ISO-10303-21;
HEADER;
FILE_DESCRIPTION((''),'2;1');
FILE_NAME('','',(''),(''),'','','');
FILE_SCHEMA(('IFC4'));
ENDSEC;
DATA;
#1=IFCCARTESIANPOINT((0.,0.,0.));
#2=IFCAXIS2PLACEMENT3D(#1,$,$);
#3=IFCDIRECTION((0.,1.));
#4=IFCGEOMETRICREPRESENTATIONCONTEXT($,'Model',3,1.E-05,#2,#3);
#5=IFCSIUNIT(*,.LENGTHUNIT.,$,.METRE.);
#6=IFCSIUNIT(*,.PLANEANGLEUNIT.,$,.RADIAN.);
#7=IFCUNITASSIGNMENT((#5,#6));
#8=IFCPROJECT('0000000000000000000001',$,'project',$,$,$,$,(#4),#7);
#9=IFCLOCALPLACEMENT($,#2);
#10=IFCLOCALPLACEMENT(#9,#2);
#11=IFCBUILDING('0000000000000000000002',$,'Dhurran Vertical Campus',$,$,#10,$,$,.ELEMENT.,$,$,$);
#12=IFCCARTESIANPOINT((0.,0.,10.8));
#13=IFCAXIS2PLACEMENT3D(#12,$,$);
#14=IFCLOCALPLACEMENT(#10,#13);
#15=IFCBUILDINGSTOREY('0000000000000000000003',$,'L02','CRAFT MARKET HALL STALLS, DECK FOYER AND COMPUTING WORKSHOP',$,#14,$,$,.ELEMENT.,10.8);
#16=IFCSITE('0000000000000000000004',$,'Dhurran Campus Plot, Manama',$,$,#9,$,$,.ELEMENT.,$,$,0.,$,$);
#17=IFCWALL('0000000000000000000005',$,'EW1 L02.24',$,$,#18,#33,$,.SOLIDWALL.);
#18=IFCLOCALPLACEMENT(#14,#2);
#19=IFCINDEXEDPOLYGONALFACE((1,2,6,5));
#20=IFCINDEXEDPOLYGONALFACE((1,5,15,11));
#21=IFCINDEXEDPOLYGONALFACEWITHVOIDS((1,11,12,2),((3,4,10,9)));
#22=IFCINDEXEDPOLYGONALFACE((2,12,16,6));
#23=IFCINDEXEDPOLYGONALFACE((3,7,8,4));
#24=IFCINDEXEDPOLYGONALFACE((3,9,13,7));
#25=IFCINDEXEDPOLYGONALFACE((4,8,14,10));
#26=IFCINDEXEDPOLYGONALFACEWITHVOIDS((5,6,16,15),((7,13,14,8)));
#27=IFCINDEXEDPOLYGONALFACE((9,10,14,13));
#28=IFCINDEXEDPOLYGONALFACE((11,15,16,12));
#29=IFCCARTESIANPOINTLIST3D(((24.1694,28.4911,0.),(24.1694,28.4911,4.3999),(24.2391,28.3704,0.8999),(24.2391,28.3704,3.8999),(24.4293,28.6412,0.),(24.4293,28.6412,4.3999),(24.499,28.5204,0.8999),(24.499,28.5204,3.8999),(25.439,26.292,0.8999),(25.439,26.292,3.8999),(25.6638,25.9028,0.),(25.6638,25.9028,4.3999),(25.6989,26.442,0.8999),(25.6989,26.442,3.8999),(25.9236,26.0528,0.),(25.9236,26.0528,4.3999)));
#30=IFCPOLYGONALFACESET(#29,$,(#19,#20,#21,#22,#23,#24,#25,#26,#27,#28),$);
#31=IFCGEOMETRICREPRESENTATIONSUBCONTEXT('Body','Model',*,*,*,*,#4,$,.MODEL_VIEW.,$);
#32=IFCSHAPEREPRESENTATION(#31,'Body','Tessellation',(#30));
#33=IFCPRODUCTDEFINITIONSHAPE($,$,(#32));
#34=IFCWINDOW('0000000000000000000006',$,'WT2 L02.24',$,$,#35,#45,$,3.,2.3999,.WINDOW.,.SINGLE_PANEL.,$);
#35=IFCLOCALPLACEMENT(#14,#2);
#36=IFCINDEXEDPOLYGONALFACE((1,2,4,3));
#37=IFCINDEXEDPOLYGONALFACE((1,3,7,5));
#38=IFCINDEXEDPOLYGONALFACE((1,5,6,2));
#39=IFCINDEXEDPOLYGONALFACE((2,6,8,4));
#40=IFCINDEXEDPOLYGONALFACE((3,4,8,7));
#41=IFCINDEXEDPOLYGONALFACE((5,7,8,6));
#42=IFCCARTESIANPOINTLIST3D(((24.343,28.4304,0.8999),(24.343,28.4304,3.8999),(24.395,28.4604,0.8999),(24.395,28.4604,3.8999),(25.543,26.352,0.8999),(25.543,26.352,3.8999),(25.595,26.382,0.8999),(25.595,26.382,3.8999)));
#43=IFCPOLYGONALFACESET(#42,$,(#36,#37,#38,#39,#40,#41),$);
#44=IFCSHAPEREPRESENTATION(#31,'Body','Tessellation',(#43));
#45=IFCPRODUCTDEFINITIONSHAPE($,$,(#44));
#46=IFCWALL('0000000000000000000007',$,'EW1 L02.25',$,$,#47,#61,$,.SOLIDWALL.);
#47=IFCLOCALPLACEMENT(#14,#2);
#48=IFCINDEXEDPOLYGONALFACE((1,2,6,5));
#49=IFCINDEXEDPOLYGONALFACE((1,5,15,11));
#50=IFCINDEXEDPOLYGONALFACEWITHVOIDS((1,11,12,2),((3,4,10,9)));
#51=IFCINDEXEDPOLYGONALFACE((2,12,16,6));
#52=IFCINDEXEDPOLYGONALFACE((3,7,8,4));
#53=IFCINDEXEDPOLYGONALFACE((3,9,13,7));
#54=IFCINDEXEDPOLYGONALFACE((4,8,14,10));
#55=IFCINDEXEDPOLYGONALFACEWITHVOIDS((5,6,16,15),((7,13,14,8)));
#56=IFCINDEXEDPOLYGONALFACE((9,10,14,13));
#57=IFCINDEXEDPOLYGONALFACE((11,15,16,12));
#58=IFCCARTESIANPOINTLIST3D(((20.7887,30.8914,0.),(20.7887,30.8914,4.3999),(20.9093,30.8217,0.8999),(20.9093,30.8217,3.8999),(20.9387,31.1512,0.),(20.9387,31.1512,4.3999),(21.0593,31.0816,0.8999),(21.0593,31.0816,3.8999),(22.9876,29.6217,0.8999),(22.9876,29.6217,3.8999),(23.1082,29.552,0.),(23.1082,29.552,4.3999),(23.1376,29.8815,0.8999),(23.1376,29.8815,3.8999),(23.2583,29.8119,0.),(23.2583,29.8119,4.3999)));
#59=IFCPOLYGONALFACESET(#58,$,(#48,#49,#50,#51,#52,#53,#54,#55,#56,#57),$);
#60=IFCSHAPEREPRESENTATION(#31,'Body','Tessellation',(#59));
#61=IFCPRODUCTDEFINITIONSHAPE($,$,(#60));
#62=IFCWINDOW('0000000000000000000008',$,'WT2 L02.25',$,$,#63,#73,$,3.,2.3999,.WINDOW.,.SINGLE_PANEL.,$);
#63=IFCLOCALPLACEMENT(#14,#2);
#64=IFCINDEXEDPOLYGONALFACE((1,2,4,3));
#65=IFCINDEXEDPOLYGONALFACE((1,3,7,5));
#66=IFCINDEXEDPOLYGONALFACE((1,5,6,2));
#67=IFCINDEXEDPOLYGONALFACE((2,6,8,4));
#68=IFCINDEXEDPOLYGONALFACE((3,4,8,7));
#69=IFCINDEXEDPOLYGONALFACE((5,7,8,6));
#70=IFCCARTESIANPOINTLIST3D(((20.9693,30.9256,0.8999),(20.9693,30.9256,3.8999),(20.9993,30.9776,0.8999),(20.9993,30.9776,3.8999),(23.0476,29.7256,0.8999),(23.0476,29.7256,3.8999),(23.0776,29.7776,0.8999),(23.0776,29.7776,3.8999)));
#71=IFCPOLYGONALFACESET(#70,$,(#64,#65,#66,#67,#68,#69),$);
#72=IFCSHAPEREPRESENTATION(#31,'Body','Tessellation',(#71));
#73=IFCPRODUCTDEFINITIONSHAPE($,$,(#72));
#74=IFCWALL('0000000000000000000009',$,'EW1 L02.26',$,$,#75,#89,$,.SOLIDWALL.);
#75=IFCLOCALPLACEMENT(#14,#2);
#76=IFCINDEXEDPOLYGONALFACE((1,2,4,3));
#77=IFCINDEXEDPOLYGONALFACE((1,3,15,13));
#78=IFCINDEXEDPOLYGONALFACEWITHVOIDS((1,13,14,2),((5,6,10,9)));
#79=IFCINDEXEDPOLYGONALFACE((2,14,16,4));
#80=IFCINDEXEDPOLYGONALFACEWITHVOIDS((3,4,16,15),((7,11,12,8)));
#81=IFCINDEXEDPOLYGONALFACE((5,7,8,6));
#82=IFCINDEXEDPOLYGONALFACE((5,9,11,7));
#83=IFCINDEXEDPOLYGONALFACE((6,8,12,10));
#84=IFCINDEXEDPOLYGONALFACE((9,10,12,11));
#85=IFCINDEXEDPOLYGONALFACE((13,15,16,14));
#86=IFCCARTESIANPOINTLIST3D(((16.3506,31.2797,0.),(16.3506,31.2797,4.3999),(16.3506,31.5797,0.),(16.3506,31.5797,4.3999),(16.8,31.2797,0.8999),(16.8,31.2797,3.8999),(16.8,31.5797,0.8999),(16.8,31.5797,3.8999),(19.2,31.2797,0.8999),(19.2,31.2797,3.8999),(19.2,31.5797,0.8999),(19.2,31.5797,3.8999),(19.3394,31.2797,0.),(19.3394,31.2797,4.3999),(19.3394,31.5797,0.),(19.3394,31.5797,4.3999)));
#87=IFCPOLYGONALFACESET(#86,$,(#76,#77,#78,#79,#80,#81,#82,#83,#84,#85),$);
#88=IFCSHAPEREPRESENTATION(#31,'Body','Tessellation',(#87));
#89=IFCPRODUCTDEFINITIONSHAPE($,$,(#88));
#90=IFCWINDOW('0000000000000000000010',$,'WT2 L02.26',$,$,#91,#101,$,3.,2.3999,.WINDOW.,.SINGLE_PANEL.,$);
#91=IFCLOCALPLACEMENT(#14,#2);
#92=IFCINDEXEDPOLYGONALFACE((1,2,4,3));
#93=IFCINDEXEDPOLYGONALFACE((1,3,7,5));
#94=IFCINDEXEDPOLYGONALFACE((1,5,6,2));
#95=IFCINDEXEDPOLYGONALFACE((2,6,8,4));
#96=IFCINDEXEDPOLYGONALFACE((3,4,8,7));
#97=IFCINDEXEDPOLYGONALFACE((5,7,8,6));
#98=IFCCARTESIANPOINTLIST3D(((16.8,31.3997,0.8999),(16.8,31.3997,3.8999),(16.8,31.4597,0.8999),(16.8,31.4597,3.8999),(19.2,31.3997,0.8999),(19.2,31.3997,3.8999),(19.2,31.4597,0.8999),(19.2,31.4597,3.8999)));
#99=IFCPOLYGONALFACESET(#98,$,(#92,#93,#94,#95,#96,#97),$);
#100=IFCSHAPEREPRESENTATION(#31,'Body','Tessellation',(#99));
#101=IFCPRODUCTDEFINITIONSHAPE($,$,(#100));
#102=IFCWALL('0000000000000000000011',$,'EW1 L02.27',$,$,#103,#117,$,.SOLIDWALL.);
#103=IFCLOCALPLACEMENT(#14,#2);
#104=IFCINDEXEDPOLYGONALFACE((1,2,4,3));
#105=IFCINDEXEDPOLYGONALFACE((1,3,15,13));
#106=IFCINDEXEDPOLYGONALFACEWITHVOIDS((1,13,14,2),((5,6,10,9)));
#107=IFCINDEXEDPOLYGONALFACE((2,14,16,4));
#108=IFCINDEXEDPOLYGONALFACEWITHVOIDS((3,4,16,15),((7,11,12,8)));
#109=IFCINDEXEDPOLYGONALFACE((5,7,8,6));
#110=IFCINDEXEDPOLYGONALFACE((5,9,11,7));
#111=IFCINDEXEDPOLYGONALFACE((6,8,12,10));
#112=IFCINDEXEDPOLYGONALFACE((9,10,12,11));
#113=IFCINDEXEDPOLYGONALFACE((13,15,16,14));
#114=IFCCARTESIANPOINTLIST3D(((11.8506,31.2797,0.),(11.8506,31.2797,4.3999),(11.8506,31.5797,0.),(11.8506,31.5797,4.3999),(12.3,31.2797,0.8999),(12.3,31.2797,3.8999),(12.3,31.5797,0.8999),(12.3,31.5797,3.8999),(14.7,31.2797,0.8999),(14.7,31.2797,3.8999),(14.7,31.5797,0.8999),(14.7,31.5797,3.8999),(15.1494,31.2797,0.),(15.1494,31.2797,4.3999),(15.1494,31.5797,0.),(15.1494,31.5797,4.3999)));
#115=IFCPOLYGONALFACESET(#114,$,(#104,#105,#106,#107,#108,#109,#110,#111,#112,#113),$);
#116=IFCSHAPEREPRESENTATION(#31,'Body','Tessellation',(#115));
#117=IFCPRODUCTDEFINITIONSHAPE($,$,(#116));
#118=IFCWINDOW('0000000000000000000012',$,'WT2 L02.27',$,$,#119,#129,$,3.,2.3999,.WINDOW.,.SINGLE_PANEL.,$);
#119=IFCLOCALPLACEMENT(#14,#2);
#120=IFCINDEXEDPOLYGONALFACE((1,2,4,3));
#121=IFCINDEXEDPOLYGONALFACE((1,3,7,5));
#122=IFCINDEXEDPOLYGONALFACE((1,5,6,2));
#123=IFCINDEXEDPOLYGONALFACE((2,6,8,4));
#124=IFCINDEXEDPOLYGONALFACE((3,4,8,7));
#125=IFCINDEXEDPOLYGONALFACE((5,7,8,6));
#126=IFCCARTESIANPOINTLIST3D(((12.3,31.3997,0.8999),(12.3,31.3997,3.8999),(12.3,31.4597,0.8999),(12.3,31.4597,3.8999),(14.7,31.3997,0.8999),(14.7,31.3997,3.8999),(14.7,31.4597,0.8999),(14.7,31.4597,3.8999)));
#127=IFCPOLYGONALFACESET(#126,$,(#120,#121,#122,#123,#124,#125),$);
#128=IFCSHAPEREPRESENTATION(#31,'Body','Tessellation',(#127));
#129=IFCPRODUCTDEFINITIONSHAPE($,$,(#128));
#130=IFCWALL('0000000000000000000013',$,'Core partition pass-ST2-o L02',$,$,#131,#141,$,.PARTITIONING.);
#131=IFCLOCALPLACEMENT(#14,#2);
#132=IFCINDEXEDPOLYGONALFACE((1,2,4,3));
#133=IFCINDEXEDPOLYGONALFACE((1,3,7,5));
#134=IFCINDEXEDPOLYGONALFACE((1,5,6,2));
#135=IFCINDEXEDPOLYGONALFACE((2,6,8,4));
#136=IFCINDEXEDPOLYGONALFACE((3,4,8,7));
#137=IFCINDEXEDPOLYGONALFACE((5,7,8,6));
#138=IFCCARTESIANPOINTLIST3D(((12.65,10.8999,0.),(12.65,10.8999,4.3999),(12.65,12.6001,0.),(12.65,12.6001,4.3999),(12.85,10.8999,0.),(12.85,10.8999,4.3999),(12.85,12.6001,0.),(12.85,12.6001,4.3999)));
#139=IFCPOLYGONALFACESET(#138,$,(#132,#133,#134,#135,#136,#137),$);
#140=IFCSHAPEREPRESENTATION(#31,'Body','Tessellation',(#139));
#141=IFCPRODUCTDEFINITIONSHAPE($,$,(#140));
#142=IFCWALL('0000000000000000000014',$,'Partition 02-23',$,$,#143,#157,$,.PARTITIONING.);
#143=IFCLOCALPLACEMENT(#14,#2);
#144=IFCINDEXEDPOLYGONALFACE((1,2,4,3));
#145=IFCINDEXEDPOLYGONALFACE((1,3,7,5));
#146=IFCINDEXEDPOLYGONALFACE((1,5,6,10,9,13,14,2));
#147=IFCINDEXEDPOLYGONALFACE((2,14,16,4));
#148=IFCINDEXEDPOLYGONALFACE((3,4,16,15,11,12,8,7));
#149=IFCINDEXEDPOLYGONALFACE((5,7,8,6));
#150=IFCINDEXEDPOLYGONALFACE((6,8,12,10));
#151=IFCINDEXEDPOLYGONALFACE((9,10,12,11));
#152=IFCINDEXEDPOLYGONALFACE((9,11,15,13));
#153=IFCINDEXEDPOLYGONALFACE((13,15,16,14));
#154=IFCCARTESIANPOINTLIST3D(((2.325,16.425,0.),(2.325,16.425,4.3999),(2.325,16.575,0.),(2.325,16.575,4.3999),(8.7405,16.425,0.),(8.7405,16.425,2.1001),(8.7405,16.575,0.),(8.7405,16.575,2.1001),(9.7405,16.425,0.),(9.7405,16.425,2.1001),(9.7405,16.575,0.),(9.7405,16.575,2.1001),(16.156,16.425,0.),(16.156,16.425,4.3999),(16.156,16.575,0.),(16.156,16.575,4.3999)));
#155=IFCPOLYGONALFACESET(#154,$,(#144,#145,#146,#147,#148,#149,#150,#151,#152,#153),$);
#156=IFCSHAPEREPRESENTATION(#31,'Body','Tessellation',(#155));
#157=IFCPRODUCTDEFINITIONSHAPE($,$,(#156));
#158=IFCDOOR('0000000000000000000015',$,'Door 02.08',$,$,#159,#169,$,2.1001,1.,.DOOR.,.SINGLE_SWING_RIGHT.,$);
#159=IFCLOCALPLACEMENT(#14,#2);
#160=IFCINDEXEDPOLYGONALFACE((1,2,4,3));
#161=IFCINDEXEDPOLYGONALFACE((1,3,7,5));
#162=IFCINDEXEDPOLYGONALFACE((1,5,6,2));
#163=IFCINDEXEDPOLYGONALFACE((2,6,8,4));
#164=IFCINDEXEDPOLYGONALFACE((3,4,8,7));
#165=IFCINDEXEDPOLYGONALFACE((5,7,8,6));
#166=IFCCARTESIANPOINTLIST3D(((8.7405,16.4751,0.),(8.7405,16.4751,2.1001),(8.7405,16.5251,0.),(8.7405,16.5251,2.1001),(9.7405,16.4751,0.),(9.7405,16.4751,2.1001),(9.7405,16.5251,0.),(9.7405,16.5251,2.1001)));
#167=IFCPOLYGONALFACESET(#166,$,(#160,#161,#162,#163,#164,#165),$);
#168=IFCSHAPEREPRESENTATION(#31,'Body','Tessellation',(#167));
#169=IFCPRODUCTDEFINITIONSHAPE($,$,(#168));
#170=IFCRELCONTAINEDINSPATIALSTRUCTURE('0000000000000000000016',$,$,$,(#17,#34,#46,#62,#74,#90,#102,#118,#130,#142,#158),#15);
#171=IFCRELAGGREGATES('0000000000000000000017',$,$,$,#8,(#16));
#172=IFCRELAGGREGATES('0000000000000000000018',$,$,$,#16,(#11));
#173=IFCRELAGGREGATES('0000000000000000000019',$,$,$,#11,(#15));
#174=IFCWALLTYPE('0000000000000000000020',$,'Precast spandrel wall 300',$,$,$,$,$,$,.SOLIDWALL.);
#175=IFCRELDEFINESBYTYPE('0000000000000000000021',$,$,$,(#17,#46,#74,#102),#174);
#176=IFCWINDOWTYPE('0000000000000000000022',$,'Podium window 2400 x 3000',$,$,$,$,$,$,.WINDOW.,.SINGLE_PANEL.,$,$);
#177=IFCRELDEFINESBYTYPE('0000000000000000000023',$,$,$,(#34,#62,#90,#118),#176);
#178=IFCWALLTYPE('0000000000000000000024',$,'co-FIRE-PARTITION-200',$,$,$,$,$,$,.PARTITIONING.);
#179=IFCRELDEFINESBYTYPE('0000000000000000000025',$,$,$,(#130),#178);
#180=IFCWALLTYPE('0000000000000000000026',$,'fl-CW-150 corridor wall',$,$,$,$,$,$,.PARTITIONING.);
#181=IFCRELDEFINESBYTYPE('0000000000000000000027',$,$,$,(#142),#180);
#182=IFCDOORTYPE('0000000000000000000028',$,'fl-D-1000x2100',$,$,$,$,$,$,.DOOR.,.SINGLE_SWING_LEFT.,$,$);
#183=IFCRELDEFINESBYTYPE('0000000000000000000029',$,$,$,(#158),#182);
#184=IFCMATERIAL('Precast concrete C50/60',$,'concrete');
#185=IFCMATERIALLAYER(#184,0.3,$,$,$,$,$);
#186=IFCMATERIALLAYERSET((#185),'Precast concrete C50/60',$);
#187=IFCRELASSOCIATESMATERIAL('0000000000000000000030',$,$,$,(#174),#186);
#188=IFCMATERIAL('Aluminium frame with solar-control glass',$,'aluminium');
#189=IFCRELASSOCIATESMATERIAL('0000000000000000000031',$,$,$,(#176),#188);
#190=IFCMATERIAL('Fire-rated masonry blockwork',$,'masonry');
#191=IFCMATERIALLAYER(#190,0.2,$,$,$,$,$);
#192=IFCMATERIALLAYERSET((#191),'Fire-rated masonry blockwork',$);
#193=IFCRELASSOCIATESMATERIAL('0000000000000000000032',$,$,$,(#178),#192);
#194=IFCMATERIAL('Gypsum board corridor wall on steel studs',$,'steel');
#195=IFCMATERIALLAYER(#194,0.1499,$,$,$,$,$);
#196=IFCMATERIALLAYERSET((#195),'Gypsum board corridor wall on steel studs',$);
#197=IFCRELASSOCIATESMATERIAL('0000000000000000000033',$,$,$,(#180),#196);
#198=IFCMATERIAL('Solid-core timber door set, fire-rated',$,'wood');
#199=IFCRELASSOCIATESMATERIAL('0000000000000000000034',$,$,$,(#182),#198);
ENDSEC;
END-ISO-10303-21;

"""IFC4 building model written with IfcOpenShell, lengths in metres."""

from ifc_helpers import new_model, si_unit, direction, frame, frame_2d, origin, place, context, subcontext, project, spatial, rectangle, extrude, material, layer, layer_set, type_object, element, fill, save


model = new_model("IFC4")

# Units and contexts
model_context = context("Model", 3, precision=1e-05, world=origin(), true_north=direction((0.0, 1.0)))
body_context = subcontext(model_context, "Body", "Model", "MODEL_VIEW")
ifc_project = project(units=[si_unit("LENGTHUNIT", "METRE"), si_unit("PLANEANGLEUNIT", "RADIAN")], contexts=[model_context])

# Site, building, storey
site_placement = place(None, origin())
site = spatial("IfcSite", under=ifc_project, at=site_placement, Name="Dhurran Campus Plot, Manama", CompositionType="ELEMENT", RefElevation=0.0)
building_placement = place(site_placement, origin())
building = spatial("IfcBuilding", under=site, at=building_placement, Name="Dhurran Vertical Campus", CompositionType="ELEMENT")
storey_placement = place(building_placement, frame((0.0, 0.0, 10.8)))
storey = spatial("IfcBuildingStorey", under=building, at=storey_placement, Name="L02", Description="CRAFT MARKET HALL STALLS, DECK FOYER AND COMPUTING WORKSHOP", CompositionType="ELEMENT", Elevation=10.8)

# Walls, openings, windows
ifc_material_1 = material(Name="Precast concrete C50/60", Category="concrete")
ifc_layer_1 = layer(ifc_material_1, 0.3)
ifc_layer_set_1 = layer_set([ifc_layer_1], Name="Precast concrete C50/60")
wall_type_1 = type_object("IfcWallType", Name="Precast spandrel wall 300", PredefinedType="SOLIDWALL", material=ifc_layer_set_1)
wall_1_placement = place(storey_placement, frame((25.7937, 25.9778, 0.0), z_axis=(0.0, 0.0, 1.0), x_axis=(-0.499996, 0.866028, 0.0)))
wall_1 = element("IfcWall", 1, at=wall_1_placement, inside=storey, type_object=wall_type_1, Name="EW1 L02.24", PredefinedType="SOLIDWALL", context=body_context, shape_type="SweptSolid", body=[
    extrude(rectangle(XDim=2.9888, YDim=0.3, at=frame_2d((1.4944, 0.0))), origin(), (0.0, 0.0, 1.0), 4.3999),
])
opening_1_placement = place(wall_1_placement, frame((0.4495, 0.0, 0.8999)))
opening_1 = element("IfcOpeningElement", 2, at=opening_1_placement, cuts=wall_1, PredefinedType="OPENING", context=body_context, shape_type="SweptSolid", body=[
    extrude(rectangle(XDim=2.3999, YDim=3.0, at=frame_2d((1.2, 1.5))), frame((0.0, 0.1599, 0.0), z_axis=(0.0, -1.0, 0.0), x_axis=(1.0, 0.0, 0.0)), (0.0, 0.0, 1.0), 0.3201),
])
ifc_material_2 = material(Name="Aluminium frame with solar-control glass", Category="aluminium")
window_type = type_object("IfcWindowType", Name="Podium window 2400 x 3000", PartitioningType="SINGLE_PANEL", PredefinedType="WINDOW", material=ifc_material_2)
window_1_placement = place(opening_1_placement, origin())
window_1 = element("IfcWindow", 3, at=window_1_placement, inside=storey, type_object=window_type, Name="WT2 L02.24", OverallHeight=3.0, OverallWidth=2.3999, PartitioningType="SINGLE_PANEL", PredefinedType="WINDOW", context=body_context, shape_type="SweptSolid", body=[
    extrude(rectangle(XDim=2.3999, YDim=3.0, at=frame_2d((1.2, 1.5))), frame((0.0, 0.03, 0.0), z_axis=(0.0, -1.0, 0.0), x_axis=(1.0, 0.0, 0.0)), (0.0, 0.0, 1.0), 0.0601),
])
fill(opening_1, window_1)
wall_2_placement = place(storey_placement, frame((23.1833, 29.6819, 0.0), z_axis=(0.0, 0.0, 1.0), x_axis=(-0.866002, 0.500041, 0.0)))
wall_2 = element("IfcWall", 4, at=wall_2_placement, inside=storey, type_object=wall_type_1, Name="EW1 L02.25", PredefinedType="SOLIDWALL", context=body_context, shape_type="SweptSolid", body=[
    extrude(rectangle(XDim=2.6785, YDim=0.3, at=frame_2d((1.3394, 0.0))), origin(), (0.0, 0.0, 1.0), 4.3999),
])
opening_2_placement = place(wall_2_placement, frame((0.1394, 0.0, 0.8999)))
opening_2 = element("IfcOpeningElement", 5, at=opening_2_placement, cuts=wall_2, PredefinedType="OPENING", context=body_context, shape_type="SweptSolid", body=[
    extrude(rectangle(XDim=2.3999, YDim=3.0, at=frame_2d((1.2, 1.5))), frame((0.0, 0.1599, 0.0), z_axis=(0.0, -1.0, 0.0), x_axis=(1.0, 0.0, 0.0)), (0.0, 0.0, 1.0), 0.3201),
])
window_2_placement = place(opening_2_placement, origin())
window_2 = element("IfcWindow", 6, at=window_2_placement, inside=storey, type_object=window_type, Name="WT2 L02.25", OverallHeight=3.0, OverallWidth=2.3999, PartitioningType="SINGLE_PANEL", PredefinedType="WINDOW", context=body_context, shape_type="SweptSolid", body=[
    extrude(rectangle(XDim=2.3999, YDim=3.0, at=frame_2d((1.2, 1.5))), frame((0.0, 0.03, 0.0), z_axis=(0.0, -1.0, 0.0), x_axis=(1.0, 0.0, 0.0)), (0.0, 0.0, 1.0), 0.0601),
])
fill(opening_2, window_2)
wall_3_placement = place(storey_placement, frame((19.3394, 31.4297, 0.0), z_axis=(0.0, 0.0, 1.0), x_axis=(-1.0, 0.0, 0.0)))
wall_3 = element("IfcWall", 7, at=wall_3_placement, inside=storey, type_object=wall_type_1, Name="EW1 L02.26", PredefinedType="SOLIDWALL", context=body_context, shape_type="SweptSolid", body=[
    extrude(rectangle(XDim=2.9888, YDim=0.3, at=frame_2d((1.4944, 0.0))), origin(), (0.0, 0.0, 1.0), 4.3999),
])
opening_3_placement = place(wall_3_placement, frame((0.1394, 0.0, 0.8999)))
opening_3 = element("IfcOpeningElement", 8, at=opening_3_placement, cuts=wall_3, PredefinedType="OPENING", context=body_context, shape_type="SweptSolid", body=[
    extrude(rectangle(XDim=2.3999, YDim=3.0, at=frame_2d((1.2, 1.5))), frame((0.0, 0.1599, 0.0), z_axis=(0.0, -1.0, 0.0), x_axis=(1.0, 0.0, 0.0)), (0.0, 0.0, 1.0), 0.3201),
])
window_3_placement = place(opening_3_placement, origin())
window_3 = element("IfcWindow", 9, at=window_3_placement, inside=storey, type_object=window_type, Name="WT2 L02.26", OverallHeight=3.0, OverallWidth=2.3999, PartitioningType="SINGLE_PANEL", PredefinedType="WINDOW", context=body_context, shape_type="SweptSolid", body=[
    extrude(rectangle(XDim=2.3999, YDim=3.0, at=frame_2d((1.2, 1.5))), frame((0.0, 0.03, 0.0), z_axis=(0.0, -1.0, 0.0), x_axis=(1.0, 0.0, 0.0)), (0.0, 0.0, 1.0), 0.0601),
])
fill(opening_3, window_3)
wall_4_placement = place(storey_placement, frame((15.1494, 31.4297, 0.0), z_axis=(0.0, 0.0, 1.0), x_axis=(-1.0, 0.0, 0.0)))
wall_4 = element("IfcWall", 10, at=wall_4_placement, inside=storey, type_object=wall_type_1, Name="EW1 L02.27", PredefinedType="SOLIDWALL", context=body_context, shape_type="SweptSolid", body=[
    extrude(rectangle(XDim=3.2988, YDim=0.3, at=frame_2d((1.6494, 0.0))), origin(), (0.0, 0.0, 1.0), 4.3999),
])
opening_4_placement = place(wall_4_placement, frame((0.4495, 0.0, 0.8999)))
opening_4 = element("IfcOpeningElement", 11, at=opening_4_placement, cuts=wall_4, PredefinedType="OPENING", context=body_context, shape_type="SweptSolid", body=[
    extrude(rectangle(XDim=2.3999, YDim=3.0, at=frame_2d((1.2, 1.5))), frame((0.0, 0.1599, 0.0), z_axis=(0.0, -1.0, 0.0), x_axis=(1.0, 0.0, 0.0)), (0.0, 0.0, 1.0), 0.3201),
])
window_4_placement = place(opening_4_placement, origin())
window_4 = element("IfcWindow", 12, at=window_4_placement, inside=storey, type_object=window_type, Name="WT2 L02.27", OverallHeight=3.0, OverallWidth=2.3999, PartitioningType="SINGLE_PANEL", PredefinedType="WINDOW", context=body_context, shape_type="SweptSolid", body=[
    extrude(rectangle(XDim=2.3999, YDim=3.0, at=frame_2d((1.2, 1.5))), frame((0.0, 0.03, 0.0), z_axis=(0.0, -1.0, 0.0), x_axis=(1.0, 0.0, 0.0)), (0.0, 0.0, 1.0), 0.0601),
])
fill(opening_4, window_4)

# Wall
ifc_material_3 = material(Name="Fire-rated masonry blockwork", Category="masonry")
ifc_layer_2 = layer(ifc_material_3, 0.2)
ifc_layer_set_2 = layer_set([ifc_layer_2], Name="Fire-rated masonry blockwork")
wall_type_2 = type_object("IfcWallType", Name="co-FIRE-PARTITION-200", PredefinedType="PARTITIONING", material=ifc_layer_set_2)
wall_5_placement = place(storey_placement, frame((12.75, 10.8999, 0.0), z_axis=(0.0, 0.0, 1.0), x_axis=(0.0, 1.0, 0.0)))
element("IfcWall", 13, at=wall_5_placement, inside=storey, type_object=wall_type_2, Name="Core partition pass-ST2-o L02", PredefinedType="PARTITIONING", context=body_context, shape_type="SweptSolid", body=[
    extrude(rectangle(XDim=1.7002, YDim=0.2, at=frame_2d((0.8501, 0.0))), origin(), (0.0, 0.0, 1.0), 4.3999),
])

# Wall, opening, door
ifc_material_4 = material(Name="Gypsum board corridor wall on steel studs", Category="steel")
ifc_layer_3 = layer(ifc_material_4, 0.1499)
ifc_layer_set_3 = layer_set([ifc_layer_3], Name="Gypsum board corridor wall on steel studs")
wall_type_3 = type_object("IfcWallType", Name="fl-CW-150 corridor wall", PredefinedType="PARTITIONING", material=ifc_layer_set_3)
wall_6_placement = place(storey_placement, frame((16.156, 16.5, 0.0), z_axis=(0.0, 0.0, 1.0), x_axis=(-1.0, 0.0, 0.0)))
wall_6 = element("IfcWall", 14, at=wall_6_placement, inside=storey, type_object=wall_type_3, Name="Partition 02-23", PredefinedType="PARTITIONING", context=body_context, shape_type="SweptSolid", body=[
    extrude(rectangle(XDim=13.8311, YDim=0.1499, at=frame_2d((6.9155, 0.0))), origin(), (0.0, 0.0, 1.0), 4.3999),
])
opening_5_placement = place(wall_6_placement, frame((6.4155, 0.0, 0.0)))
opening_5 = element("IfcOpeningElement", 15, at=opening_5_placement, cuts=wall_6, PredefinedType="OPENING", context=body_context, shape_type="SweptSolid", body=[
    extrude(rectangle(XDim=1.0, YDim=2.1001, at=frame_2d((0.5, 1.05))), frame((0.0, 0.085, 0.0), z_axis=(0.0, -1.0, 0.0), x_axis=(1.0, 0.0, 0.0)), (0.0, 0.0, 1.0), 0.1699),
])
ifc_material_5 = material(Name="Solid-core timber door set, fire-rated", Category="wood")
door_type = type_object("IfcDoorType", Name="fl-D-1000x2100", OperationType="SINGLE_SWING_LEFT", PredefinedType="DOOR", material=ifc_material_5)
door_1_placement = place(opening_5_placement, origin())
door_1 = element("IfcDoor", 16, at=door_1_placement, inside=storey, type_object=door_type, Name="Door 02.08", OperationType="SINGLE_SWING_RIGHT", OverallHeight=2.1001, OverallWidth=1.0, PredefinedType="DOOR", context=body_context, shape_type="SweptSolid", body=[
    extrude(rectangle(XDim=1.0, YDim=2.1001, at=frame_2d((0.5, 1.05))), frame((0.0, 0.0249, 0.0), z_axis=(0.0, -1.0, 0.0), x_axis=(1.0, 0.0, 0.0)), (0.0, 0.0, 1.0), 0.05),
])
fill(opening_5, door_1)

save(model, "model.ifc")
